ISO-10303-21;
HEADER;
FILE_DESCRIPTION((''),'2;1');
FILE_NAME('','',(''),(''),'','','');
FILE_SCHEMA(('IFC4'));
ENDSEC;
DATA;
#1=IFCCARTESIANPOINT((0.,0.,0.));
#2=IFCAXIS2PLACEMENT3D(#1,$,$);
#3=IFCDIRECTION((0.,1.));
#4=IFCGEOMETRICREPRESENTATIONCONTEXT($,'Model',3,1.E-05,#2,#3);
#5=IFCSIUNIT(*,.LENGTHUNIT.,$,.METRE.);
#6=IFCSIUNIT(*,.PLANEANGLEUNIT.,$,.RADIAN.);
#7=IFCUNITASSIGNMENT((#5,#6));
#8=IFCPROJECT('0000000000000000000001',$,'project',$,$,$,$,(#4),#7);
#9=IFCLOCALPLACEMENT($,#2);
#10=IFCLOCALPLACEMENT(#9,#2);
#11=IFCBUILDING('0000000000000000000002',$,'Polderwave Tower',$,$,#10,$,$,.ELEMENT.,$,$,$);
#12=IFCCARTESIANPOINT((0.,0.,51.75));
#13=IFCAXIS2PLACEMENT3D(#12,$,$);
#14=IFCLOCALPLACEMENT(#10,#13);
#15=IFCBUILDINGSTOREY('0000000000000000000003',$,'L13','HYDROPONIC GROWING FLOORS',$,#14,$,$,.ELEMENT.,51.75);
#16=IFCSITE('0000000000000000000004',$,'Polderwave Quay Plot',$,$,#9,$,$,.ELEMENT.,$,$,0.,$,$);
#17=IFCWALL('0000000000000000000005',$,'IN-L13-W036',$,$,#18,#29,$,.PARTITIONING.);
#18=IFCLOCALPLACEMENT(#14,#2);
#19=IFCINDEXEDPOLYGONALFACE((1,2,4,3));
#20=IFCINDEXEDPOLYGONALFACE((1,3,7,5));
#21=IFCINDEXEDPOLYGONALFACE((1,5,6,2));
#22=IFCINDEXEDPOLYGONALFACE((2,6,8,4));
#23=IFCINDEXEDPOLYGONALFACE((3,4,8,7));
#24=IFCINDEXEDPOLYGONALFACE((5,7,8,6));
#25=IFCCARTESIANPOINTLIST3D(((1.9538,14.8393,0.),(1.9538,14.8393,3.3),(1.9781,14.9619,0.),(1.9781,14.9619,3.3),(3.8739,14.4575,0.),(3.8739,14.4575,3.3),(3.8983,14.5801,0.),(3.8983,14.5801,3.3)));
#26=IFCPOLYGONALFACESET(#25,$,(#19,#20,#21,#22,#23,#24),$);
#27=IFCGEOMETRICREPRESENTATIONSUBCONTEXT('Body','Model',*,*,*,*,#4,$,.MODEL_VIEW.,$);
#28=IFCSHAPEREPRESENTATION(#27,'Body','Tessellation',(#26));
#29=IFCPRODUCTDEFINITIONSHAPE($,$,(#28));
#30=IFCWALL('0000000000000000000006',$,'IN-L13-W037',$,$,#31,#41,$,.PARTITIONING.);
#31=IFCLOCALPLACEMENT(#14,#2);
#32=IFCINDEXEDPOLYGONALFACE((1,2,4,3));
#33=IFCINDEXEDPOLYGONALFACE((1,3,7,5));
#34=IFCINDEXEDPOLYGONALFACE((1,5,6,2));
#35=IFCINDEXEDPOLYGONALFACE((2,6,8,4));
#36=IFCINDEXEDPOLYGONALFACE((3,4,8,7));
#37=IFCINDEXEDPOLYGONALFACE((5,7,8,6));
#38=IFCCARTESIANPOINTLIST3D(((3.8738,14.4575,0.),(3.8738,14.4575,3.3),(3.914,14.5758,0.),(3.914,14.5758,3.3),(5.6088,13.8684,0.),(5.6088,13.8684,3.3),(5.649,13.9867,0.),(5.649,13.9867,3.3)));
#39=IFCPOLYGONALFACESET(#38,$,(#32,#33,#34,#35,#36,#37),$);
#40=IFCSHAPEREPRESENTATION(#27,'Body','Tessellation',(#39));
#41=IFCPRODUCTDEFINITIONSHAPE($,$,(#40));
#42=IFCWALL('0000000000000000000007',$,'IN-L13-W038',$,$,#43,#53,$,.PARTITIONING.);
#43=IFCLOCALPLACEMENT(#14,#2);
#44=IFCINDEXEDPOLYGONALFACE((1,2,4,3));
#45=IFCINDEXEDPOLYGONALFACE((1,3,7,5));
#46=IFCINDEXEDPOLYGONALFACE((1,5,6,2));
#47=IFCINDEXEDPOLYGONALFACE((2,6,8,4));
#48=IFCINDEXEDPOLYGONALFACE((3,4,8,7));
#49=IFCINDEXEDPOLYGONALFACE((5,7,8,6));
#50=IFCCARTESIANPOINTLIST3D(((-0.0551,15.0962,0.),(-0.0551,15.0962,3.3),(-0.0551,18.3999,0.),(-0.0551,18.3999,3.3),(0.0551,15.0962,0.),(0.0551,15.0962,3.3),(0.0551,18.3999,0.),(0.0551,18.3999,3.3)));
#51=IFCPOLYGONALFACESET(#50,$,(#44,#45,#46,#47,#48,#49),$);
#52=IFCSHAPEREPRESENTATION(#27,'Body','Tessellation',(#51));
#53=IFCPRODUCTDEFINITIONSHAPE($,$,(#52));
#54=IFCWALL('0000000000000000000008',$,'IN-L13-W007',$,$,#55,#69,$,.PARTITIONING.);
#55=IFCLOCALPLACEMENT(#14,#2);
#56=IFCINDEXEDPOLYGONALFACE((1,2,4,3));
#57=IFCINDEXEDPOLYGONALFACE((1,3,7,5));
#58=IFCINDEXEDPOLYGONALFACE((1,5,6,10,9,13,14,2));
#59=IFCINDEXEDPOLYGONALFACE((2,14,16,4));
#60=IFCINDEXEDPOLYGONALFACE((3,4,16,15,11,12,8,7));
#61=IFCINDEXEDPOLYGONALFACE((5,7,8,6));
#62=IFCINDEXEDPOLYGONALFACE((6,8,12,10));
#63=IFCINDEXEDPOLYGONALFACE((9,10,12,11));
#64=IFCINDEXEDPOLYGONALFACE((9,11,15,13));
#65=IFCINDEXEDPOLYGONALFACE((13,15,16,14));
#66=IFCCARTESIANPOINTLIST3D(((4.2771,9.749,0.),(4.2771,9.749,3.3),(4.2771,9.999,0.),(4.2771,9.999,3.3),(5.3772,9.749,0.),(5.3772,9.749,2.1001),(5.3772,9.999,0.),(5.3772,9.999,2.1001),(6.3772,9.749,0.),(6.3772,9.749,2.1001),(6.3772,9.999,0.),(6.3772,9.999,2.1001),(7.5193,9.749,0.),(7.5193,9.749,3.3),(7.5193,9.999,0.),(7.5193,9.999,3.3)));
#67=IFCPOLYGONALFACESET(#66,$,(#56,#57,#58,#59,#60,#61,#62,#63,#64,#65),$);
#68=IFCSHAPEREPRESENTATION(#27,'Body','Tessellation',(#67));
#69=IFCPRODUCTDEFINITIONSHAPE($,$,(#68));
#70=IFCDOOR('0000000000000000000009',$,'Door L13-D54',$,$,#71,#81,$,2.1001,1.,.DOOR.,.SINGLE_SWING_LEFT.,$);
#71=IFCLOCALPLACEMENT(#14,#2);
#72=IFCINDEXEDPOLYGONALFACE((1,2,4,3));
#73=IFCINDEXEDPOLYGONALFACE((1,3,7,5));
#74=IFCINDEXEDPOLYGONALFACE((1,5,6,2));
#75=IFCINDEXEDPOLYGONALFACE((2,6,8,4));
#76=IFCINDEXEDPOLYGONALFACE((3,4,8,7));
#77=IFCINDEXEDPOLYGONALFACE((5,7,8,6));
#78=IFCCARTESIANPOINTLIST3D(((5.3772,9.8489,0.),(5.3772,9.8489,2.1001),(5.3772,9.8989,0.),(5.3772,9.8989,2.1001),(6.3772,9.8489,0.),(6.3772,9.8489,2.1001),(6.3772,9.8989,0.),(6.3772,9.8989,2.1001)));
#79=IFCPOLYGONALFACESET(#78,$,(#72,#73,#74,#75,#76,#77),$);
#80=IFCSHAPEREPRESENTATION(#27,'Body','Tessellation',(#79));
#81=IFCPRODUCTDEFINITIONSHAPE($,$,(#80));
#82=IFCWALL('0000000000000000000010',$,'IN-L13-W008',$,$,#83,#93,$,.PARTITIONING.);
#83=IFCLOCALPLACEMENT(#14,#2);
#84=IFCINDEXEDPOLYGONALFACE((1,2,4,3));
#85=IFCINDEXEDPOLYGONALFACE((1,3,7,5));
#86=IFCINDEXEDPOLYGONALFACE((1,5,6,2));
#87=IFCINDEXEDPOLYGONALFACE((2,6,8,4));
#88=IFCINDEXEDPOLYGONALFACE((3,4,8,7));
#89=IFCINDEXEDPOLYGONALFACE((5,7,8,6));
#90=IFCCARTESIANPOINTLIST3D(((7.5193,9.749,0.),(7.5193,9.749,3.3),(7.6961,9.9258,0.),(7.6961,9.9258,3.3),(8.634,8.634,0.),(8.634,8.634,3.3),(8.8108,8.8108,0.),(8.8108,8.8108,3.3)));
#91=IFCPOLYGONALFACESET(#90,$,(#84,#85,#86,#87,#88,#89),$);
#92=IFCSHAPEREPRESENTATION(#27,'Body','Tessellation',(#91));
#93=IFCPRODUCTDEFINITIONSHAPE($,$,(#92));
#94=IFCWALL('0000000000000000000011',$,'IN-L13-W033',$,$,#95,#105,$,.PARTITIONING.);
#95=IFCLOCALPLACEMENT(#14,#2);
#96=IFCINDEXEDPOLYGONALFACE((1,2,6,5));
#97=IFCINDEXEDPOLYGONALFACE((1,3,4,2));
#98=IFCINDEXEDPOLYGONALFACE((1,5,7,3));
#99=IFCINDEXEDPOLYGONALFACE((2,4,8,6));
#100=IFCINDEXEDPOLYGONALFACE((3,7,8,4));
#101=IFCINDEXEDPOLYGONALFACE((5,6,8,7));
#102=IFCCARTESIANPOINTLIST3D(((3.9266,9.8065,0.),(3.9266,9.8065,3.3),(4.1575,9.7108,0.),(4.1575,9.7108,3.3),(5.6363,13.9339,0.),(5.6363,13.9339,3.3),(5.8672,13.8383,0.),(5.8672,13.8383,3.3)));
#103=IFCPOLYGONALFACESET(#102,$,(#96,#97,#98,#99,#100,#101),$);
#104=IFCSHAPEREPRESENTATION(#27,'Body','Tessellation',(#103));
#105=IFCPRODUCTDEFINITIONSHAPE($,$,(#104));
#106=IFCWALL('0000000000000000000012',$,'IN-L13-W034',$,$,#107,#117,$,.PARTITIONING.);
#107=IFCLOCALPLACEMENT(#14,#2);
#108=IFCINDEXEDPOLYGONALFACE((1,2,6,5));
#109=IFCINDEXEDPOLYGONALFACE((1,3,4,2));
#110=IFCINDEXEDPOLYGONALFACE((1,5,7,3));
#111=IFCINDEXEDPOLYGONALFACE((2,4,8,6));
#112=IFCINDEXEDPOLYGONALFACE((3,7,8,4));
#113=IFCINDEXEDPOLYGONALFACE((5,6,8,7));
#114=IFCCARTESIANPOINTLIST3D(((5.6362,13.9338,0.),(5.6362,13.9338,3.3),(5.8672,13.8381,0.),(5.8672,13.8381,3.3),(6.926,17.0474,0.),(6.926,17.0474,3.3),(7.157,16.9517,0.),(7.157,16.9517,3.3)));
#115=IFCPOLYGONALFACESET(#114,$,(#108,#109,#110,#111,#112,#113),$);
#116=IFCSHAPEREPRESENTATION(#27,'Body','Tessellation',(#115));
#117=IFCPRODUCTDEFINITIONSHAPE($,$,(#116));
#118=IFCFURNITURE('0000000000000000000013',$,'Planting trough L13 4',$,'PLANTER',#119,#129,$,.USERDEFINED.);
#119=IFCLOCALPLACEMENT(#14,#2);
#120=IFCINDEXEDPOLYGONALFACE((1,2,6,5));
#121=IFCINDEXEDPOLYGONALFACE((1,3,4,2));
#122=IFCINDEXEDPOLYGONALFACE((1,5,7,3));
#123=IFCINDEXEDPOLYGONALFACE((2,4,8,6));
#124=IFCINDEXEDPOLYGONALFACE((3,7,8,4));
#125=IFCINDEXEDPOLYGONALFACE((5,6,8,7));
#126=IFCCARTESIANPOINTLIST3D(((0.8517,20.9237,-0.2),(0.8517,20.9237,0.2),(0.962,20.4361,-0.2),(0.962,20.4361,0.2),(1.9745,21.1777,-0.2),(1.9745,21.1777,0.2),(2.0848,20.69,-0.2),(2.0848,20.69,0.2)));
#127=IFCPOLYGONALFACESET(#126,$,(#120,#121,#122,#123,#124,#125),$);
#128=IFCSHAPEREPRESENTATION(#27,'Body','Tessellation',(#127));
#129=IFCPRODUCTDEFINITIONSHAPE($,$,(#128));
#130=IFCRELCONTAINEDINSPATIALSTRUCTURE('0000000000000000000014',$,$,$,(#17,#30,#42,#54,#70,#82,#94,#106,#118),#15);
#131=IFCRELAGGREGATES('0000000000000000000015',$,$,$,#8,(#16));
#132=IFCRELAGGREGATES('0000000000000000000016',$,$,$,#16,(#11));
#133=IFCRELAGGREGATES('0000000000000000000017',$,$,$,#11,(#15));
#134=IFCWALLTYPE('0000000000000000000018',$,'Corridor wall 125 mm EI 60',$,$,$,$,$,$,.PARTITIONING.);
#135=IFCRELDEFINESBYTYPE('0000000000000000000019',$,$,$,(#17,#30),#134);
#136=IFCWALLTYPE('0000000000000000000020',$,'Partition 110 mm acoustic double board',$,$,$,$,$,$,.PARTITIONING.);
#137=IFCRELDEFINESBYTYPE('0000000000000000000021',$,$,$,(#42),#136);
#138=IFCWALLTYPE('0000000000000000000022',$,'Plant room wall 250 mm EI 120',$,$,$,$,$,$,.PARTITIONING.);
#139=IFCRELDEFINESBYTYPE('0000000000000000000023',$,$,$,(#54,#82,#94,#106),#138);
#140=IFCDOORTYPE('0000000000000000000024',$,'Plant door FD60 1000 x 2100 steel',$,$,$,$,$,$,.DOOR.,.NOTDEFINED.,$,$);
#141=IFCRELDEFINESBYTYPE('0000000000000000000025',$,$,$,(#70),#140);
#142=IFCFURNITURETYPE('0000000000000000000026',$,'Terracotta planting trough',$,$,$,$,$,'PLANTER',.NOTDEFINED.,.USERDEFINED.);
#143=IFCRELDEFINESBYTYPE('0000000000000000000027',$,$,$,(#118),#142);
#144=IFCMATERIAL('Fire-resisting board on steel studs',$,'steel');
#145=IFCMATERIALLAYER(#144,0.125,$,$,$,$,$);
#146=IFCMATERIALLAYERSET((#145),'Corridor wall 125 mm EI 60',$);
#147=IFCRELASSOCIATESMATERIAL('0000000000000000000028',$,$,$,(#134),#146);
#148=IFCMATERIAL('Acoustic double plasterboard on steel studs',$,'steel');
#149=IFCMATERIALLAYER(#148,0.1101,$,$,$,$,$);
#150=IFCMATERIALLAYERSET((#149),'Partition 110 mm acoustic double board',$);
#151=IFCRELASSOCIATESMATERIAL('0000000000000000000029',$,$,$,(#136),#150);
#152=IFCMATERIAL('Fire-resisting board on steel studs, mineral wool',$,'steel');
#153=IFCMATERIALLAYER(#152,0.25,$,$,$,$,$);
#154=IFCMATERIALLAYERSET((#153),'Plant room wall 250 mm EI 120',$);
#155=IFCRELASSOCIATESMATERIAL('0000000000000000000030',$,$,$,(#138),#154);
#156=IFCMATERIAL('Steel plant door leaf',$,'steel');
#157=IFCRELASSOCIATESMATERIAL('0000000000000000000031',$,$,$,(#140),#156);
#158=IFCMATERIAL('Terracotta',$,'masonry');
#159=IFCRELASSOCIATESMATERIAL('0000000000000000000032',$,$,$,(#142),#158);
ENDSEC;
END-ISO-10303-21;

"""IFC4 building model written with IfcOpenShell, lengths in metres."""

from ifc_helpers import new_model, si_unit, direction, frame, frame_2d, origin, origin_2d, place, context, subcontext, project, spatial, rectangle, extrude, material, layer, layer_set, type_object, element, fill, save


model = new_model("IFC4")

# Units and contexts
model_context = context("Model", 3, precision=1e-05, world=origin(), true_north=direction((0.0, 1.0)))
body_context = subcontext(model_context, "Body", "Model", "MODEL_VIEW")
ifc_project = project(units=[si_unit("LENGTHUNIT", "METRE"), si_unit("PLANEANGLEUNIT", "RADIAN")], contexts=[model_context])

# Site, building, storey
site_placement = place(None, origin())
site = spatial("IfcSite", under=ifc_project, at=site_placement, Name="Polderwave Quay Plot", CompositionType="ELEMENT", RefElevation=0.0)
building_placement = place(site_placement, origin())
building = spatial("IfcBuilding", under=site, at=building_placement, Name="Polderwave Tower", CompositionType="ELEMENT")
storey_placement = place(building_placement, frame((0.0, 0.0, 51.75)))
storey = spatial("IfcBuildingStorey", under=building, at=storey_placement, Name="L13", Description="HYDROPONIC GROWING FLOORS", CompositionType="ELEMENT", Elevation=51.75)

# Shared definitions
ifc_material_1 = material(Name="Fire-resisting board on steel studs", Category="steel")
ifc_layer_1 = layer(ifc_material_1, 0.125)
ifc_layer_set_1 = layer_set([ifc_layer_1], Name="Corridor wall 125 mm EI 60")
wall_type_1 = type_object("IfcWallType", Name="Corridor wall 125 mm EI 60", PredefinedType="PARTITIONING", material=ifc_layer_set_1)

# Walls
wall_1_placement = place(storey_placement, frame((1.9658, 14.9006, 0.0), z_axis=(0.0, 0.0, 1.0), x_axis=(0.980796, -0.195037, 0.0)))
element("IfcWall", 1, at=wall_1_placement, inside=storey, type_object=wall_type_1, Name="IN-L13-W036", PredefinedType="PARTITIONING", context=body_context, shape_type="SweptSolid", body=[
    extrude(rectangle(XDim=1.9578, YDim=0.125, at=frame_2d((0.979, 0.0))), origin(), (0.0, 0.0, 1.0), 3.3),
])
wall_2_placement = place(storey_placement, frame((3.894, 14.5166, 0.0), z_axis=(0.0, 0.0, 1.0), x_axis=(0.94691, -0.321499, 0.0)))
element("IfcWall", 2, at=wall_2_placement, inside=storey, type_object=wall_type_1, Name="IN-L13-W037", PredefinedType="PARTITIONING", context=body_context, shape_type="SweptSolid", body=[
    extrude(rectangle(XDim=1.8323, YDim=0.125, at=frame_2d((0.916, 0.0))), origin(), (0.0, 0.0, 1.0), 3.3),
])
ifc_material_2 = material(Name="Acoustic double plasterboard on steel studs", Category="steel")
ifc_layer_2 = layer(ifc_material_2, 0.1101)
ifc_layer_set_2 = layer_set([ifc_layer_2], Name="Partition 110 mm acoustic double board")
wall_type_2 = type_object("IfcWallType", Name="Partition 110 mm acoustic double board", PredefinedType="PARTITIONING", material=ifc_layer_set_2)
wall_3_placement = place(storey_placement, frame((0.0, 15.0962, 0.0), z_axis=(0.0, 0.0, 1.0), x_axis=(0.0, 1.0, 0.0)))
element("IfcWall", 3, at=wall_3_placement, inside=storey, type_object=wall_type_2, Name="IN-L13-W038", PredefinedType="PARTITIONING", context=body_context, shape_type="SweptSolid", body=[
    extrude(rectangle(XDim=3.3037, YDim=0.1101, at=frame_2d((1.6519, 0.0))), origin(), (0.0, 0.0, 1.0), 3.3),
])

# Wall, opening, door
ifc_material_3 = material(Name="Fire-resisting board on steel studs, mineral wool", Category="steel")
ifc_layer_3 = layer(ifc_material_3, 0.25)
ifc_layer_set_3 = layer_set([ifc_layer_3], Name="Plant room wall 250 mm EI 120")
wall_type_3 = type_object("IfcWallType", Name="Plant room wall 250 mm EI 120", PredefinedType="PARTITIONING", material=ifc_layer_set_3)
wall_4_placement = place(storey_placement, frame((4.2771, 9.874, 0.0), z_axis=(0.0, 0.0, 1.0), x_axis=(1.0, 0.0, 0.0)))
wall_4 = element("IfcWall", 4, at=wall_4_placement, inside=storey, type_object=wall_type_3, Name="IN-L13-W007", PredefinedType="PARTITIONING", context=body_context, shape_type="SweptSolid", body=[
    extrude(rectangle(XDim=3.2422, YDim=0.25, at=frame_2d((1.6211, 0.0))), origin(), (0.0, 0.0, 1.0), 3.3),
])
opening_1_placement = place(wall_4_placement, frame((1.1001, 0.0, 0.0)))
opening_1 = element("IfcOpeningElement", 5, at=opening_1_placement, cuts=wall_4, PredefinedType="OPENING", context=body_context, shape_type="SweptSolid", body=[
    extrude(rectangle(XDim=1.0, YDim=2.1001, at=frame_2d((0.5, 1.05))), frame((0.0, 0.135, 0.0), z_axis=(0.0, -1.0, 0.0), x_axis=(1.0, 0.0, 0.0)), (0.0, 0.0, 1.0), 0.27),
])
ifc_material_4 = material(Name="Steel plant door leaf", Category="steel")
door_type_1 = type_object("IfcDoorType", Name="Plant door FD60 1000 x 2100 steel", OperationType="NOTDEFINED", PredefinedType="DOOR", material=ifc_material_4)
door_1_placement = place(opening_1_placement, origin())
door_1 = element("IfcDoor", 6, at=door_1_placement, inside=storey, type_object=door_type_1, Name="Door L13-D54", OperationType="SINGLE_SWING_LEFT", OverallHeight=2.1001, OverallWidth=1.0, PredefinedType="DOOR", context=body_context, shape_type="SweptSolid", body=[
    extrude(rectangle(XDim=1.0, YDim=2.1001, at=frame_2d((0.5, 1.05))), frame((0.0, 0.0249, 0.0), z_axis=(0.0, -1.0, 0.0), x_axis=(1.0, 0.0, 0.0)), (0.0, 0.0, 1.0), 0.05),
])
fill(opening_1, door_1)

# Walls
wall_5_placement = place(storey_placement, frame((7.6077, 9.8374, 0.0), z_axis=(0.0, 0.0, 1.0), x_axis=(0.707029, -0.707184, 0.0)))
element("IfcWall", 7, at=wall_5_placement, inside=storey, type_object=wall_type_3, Name="IN-L13-W008", PredefinedType="PARTITIONING", context=body_context, shape_type="SweptSolid", body=[
    extrude(rectangle(XDim=1.5767, YDim=0.25, at=frame_2d((0.7883, 0.0))), origin(), (0.0, 0.0, 1.0), 3.3),
])
wall_6_placement = place(storey_placement, frame((4.042, 9.7585, 0.0), z_axis=(0.0, 0.0, 1.0), x_axis=(0.382698, 0.923874, 0.0)))
element("IfcWall", 8, at=wall_6_placement, inside=storey, type_object=wall_type_3, Name="IN-L13-W033", PredefinedType="PARTITIONING", context=body_context, shape_type="SweptSolid", body=[
    extrude(rectangle(XDim=4.4675, YDim=0.25, at=frame_2d((2.2339, 0.0))), origin(), (0.0, 0.0, 1.0), 3.3),
])
wall_7_placement = place(storey_placement, frame((5.7517, 13.886, 0.0), z_axis=(0.0, 0.0, 1.0), x_axis=(0.382716, 0.923866, 0.0)))
element("IfcWall", 9, at=wall_7_placement, inside=storey, type_object=wall_type_3, Name="IN-L13-W034", PredefinedType="PARTITIONING", context=body_context, shape_type="SweptSolid", body=[
    extrude(rectangle(XDim=3.3701, YDim=0.25, at=frame_2d((1.6851, 0.0))), origin(), (0.0, 0.0, 1.0), 3.3),
])

# Furniture
ifc_material_5 = material(Name="Terracotta", Category="masonry")
furniture_type = type_object("IfcFurnitureType", Name="Terracotta planting trough", ElementType="PLANTER", AssemblyPlace="NOTDEFINED", PredefinedType="USERDEFINED", material=ifc_material_5)
furniture_placement = place(storey_placement, frame((1.4683, 20.8069, -0.2), z_axis=(0.0, 0.0, 1.0), x_axis=(-0.975355, -0.22064, 0.0)))
element("IfcFurniture", 10, at=furniture_placement, inside=storey, type_object=furniture_type, Name="Planting trough L13 4", ObjectType="PLANTER", PredefinedType="USERDEFINED", context=body_context, shape_type="SweptSolid", body=[
    extrude(rectangle(XDim=1.1511, YDim=0.5, at=origin_2d()), origin(), (0.0, 0.0, 1.0), 0.3999),
])

save(model, "model.ifc")
